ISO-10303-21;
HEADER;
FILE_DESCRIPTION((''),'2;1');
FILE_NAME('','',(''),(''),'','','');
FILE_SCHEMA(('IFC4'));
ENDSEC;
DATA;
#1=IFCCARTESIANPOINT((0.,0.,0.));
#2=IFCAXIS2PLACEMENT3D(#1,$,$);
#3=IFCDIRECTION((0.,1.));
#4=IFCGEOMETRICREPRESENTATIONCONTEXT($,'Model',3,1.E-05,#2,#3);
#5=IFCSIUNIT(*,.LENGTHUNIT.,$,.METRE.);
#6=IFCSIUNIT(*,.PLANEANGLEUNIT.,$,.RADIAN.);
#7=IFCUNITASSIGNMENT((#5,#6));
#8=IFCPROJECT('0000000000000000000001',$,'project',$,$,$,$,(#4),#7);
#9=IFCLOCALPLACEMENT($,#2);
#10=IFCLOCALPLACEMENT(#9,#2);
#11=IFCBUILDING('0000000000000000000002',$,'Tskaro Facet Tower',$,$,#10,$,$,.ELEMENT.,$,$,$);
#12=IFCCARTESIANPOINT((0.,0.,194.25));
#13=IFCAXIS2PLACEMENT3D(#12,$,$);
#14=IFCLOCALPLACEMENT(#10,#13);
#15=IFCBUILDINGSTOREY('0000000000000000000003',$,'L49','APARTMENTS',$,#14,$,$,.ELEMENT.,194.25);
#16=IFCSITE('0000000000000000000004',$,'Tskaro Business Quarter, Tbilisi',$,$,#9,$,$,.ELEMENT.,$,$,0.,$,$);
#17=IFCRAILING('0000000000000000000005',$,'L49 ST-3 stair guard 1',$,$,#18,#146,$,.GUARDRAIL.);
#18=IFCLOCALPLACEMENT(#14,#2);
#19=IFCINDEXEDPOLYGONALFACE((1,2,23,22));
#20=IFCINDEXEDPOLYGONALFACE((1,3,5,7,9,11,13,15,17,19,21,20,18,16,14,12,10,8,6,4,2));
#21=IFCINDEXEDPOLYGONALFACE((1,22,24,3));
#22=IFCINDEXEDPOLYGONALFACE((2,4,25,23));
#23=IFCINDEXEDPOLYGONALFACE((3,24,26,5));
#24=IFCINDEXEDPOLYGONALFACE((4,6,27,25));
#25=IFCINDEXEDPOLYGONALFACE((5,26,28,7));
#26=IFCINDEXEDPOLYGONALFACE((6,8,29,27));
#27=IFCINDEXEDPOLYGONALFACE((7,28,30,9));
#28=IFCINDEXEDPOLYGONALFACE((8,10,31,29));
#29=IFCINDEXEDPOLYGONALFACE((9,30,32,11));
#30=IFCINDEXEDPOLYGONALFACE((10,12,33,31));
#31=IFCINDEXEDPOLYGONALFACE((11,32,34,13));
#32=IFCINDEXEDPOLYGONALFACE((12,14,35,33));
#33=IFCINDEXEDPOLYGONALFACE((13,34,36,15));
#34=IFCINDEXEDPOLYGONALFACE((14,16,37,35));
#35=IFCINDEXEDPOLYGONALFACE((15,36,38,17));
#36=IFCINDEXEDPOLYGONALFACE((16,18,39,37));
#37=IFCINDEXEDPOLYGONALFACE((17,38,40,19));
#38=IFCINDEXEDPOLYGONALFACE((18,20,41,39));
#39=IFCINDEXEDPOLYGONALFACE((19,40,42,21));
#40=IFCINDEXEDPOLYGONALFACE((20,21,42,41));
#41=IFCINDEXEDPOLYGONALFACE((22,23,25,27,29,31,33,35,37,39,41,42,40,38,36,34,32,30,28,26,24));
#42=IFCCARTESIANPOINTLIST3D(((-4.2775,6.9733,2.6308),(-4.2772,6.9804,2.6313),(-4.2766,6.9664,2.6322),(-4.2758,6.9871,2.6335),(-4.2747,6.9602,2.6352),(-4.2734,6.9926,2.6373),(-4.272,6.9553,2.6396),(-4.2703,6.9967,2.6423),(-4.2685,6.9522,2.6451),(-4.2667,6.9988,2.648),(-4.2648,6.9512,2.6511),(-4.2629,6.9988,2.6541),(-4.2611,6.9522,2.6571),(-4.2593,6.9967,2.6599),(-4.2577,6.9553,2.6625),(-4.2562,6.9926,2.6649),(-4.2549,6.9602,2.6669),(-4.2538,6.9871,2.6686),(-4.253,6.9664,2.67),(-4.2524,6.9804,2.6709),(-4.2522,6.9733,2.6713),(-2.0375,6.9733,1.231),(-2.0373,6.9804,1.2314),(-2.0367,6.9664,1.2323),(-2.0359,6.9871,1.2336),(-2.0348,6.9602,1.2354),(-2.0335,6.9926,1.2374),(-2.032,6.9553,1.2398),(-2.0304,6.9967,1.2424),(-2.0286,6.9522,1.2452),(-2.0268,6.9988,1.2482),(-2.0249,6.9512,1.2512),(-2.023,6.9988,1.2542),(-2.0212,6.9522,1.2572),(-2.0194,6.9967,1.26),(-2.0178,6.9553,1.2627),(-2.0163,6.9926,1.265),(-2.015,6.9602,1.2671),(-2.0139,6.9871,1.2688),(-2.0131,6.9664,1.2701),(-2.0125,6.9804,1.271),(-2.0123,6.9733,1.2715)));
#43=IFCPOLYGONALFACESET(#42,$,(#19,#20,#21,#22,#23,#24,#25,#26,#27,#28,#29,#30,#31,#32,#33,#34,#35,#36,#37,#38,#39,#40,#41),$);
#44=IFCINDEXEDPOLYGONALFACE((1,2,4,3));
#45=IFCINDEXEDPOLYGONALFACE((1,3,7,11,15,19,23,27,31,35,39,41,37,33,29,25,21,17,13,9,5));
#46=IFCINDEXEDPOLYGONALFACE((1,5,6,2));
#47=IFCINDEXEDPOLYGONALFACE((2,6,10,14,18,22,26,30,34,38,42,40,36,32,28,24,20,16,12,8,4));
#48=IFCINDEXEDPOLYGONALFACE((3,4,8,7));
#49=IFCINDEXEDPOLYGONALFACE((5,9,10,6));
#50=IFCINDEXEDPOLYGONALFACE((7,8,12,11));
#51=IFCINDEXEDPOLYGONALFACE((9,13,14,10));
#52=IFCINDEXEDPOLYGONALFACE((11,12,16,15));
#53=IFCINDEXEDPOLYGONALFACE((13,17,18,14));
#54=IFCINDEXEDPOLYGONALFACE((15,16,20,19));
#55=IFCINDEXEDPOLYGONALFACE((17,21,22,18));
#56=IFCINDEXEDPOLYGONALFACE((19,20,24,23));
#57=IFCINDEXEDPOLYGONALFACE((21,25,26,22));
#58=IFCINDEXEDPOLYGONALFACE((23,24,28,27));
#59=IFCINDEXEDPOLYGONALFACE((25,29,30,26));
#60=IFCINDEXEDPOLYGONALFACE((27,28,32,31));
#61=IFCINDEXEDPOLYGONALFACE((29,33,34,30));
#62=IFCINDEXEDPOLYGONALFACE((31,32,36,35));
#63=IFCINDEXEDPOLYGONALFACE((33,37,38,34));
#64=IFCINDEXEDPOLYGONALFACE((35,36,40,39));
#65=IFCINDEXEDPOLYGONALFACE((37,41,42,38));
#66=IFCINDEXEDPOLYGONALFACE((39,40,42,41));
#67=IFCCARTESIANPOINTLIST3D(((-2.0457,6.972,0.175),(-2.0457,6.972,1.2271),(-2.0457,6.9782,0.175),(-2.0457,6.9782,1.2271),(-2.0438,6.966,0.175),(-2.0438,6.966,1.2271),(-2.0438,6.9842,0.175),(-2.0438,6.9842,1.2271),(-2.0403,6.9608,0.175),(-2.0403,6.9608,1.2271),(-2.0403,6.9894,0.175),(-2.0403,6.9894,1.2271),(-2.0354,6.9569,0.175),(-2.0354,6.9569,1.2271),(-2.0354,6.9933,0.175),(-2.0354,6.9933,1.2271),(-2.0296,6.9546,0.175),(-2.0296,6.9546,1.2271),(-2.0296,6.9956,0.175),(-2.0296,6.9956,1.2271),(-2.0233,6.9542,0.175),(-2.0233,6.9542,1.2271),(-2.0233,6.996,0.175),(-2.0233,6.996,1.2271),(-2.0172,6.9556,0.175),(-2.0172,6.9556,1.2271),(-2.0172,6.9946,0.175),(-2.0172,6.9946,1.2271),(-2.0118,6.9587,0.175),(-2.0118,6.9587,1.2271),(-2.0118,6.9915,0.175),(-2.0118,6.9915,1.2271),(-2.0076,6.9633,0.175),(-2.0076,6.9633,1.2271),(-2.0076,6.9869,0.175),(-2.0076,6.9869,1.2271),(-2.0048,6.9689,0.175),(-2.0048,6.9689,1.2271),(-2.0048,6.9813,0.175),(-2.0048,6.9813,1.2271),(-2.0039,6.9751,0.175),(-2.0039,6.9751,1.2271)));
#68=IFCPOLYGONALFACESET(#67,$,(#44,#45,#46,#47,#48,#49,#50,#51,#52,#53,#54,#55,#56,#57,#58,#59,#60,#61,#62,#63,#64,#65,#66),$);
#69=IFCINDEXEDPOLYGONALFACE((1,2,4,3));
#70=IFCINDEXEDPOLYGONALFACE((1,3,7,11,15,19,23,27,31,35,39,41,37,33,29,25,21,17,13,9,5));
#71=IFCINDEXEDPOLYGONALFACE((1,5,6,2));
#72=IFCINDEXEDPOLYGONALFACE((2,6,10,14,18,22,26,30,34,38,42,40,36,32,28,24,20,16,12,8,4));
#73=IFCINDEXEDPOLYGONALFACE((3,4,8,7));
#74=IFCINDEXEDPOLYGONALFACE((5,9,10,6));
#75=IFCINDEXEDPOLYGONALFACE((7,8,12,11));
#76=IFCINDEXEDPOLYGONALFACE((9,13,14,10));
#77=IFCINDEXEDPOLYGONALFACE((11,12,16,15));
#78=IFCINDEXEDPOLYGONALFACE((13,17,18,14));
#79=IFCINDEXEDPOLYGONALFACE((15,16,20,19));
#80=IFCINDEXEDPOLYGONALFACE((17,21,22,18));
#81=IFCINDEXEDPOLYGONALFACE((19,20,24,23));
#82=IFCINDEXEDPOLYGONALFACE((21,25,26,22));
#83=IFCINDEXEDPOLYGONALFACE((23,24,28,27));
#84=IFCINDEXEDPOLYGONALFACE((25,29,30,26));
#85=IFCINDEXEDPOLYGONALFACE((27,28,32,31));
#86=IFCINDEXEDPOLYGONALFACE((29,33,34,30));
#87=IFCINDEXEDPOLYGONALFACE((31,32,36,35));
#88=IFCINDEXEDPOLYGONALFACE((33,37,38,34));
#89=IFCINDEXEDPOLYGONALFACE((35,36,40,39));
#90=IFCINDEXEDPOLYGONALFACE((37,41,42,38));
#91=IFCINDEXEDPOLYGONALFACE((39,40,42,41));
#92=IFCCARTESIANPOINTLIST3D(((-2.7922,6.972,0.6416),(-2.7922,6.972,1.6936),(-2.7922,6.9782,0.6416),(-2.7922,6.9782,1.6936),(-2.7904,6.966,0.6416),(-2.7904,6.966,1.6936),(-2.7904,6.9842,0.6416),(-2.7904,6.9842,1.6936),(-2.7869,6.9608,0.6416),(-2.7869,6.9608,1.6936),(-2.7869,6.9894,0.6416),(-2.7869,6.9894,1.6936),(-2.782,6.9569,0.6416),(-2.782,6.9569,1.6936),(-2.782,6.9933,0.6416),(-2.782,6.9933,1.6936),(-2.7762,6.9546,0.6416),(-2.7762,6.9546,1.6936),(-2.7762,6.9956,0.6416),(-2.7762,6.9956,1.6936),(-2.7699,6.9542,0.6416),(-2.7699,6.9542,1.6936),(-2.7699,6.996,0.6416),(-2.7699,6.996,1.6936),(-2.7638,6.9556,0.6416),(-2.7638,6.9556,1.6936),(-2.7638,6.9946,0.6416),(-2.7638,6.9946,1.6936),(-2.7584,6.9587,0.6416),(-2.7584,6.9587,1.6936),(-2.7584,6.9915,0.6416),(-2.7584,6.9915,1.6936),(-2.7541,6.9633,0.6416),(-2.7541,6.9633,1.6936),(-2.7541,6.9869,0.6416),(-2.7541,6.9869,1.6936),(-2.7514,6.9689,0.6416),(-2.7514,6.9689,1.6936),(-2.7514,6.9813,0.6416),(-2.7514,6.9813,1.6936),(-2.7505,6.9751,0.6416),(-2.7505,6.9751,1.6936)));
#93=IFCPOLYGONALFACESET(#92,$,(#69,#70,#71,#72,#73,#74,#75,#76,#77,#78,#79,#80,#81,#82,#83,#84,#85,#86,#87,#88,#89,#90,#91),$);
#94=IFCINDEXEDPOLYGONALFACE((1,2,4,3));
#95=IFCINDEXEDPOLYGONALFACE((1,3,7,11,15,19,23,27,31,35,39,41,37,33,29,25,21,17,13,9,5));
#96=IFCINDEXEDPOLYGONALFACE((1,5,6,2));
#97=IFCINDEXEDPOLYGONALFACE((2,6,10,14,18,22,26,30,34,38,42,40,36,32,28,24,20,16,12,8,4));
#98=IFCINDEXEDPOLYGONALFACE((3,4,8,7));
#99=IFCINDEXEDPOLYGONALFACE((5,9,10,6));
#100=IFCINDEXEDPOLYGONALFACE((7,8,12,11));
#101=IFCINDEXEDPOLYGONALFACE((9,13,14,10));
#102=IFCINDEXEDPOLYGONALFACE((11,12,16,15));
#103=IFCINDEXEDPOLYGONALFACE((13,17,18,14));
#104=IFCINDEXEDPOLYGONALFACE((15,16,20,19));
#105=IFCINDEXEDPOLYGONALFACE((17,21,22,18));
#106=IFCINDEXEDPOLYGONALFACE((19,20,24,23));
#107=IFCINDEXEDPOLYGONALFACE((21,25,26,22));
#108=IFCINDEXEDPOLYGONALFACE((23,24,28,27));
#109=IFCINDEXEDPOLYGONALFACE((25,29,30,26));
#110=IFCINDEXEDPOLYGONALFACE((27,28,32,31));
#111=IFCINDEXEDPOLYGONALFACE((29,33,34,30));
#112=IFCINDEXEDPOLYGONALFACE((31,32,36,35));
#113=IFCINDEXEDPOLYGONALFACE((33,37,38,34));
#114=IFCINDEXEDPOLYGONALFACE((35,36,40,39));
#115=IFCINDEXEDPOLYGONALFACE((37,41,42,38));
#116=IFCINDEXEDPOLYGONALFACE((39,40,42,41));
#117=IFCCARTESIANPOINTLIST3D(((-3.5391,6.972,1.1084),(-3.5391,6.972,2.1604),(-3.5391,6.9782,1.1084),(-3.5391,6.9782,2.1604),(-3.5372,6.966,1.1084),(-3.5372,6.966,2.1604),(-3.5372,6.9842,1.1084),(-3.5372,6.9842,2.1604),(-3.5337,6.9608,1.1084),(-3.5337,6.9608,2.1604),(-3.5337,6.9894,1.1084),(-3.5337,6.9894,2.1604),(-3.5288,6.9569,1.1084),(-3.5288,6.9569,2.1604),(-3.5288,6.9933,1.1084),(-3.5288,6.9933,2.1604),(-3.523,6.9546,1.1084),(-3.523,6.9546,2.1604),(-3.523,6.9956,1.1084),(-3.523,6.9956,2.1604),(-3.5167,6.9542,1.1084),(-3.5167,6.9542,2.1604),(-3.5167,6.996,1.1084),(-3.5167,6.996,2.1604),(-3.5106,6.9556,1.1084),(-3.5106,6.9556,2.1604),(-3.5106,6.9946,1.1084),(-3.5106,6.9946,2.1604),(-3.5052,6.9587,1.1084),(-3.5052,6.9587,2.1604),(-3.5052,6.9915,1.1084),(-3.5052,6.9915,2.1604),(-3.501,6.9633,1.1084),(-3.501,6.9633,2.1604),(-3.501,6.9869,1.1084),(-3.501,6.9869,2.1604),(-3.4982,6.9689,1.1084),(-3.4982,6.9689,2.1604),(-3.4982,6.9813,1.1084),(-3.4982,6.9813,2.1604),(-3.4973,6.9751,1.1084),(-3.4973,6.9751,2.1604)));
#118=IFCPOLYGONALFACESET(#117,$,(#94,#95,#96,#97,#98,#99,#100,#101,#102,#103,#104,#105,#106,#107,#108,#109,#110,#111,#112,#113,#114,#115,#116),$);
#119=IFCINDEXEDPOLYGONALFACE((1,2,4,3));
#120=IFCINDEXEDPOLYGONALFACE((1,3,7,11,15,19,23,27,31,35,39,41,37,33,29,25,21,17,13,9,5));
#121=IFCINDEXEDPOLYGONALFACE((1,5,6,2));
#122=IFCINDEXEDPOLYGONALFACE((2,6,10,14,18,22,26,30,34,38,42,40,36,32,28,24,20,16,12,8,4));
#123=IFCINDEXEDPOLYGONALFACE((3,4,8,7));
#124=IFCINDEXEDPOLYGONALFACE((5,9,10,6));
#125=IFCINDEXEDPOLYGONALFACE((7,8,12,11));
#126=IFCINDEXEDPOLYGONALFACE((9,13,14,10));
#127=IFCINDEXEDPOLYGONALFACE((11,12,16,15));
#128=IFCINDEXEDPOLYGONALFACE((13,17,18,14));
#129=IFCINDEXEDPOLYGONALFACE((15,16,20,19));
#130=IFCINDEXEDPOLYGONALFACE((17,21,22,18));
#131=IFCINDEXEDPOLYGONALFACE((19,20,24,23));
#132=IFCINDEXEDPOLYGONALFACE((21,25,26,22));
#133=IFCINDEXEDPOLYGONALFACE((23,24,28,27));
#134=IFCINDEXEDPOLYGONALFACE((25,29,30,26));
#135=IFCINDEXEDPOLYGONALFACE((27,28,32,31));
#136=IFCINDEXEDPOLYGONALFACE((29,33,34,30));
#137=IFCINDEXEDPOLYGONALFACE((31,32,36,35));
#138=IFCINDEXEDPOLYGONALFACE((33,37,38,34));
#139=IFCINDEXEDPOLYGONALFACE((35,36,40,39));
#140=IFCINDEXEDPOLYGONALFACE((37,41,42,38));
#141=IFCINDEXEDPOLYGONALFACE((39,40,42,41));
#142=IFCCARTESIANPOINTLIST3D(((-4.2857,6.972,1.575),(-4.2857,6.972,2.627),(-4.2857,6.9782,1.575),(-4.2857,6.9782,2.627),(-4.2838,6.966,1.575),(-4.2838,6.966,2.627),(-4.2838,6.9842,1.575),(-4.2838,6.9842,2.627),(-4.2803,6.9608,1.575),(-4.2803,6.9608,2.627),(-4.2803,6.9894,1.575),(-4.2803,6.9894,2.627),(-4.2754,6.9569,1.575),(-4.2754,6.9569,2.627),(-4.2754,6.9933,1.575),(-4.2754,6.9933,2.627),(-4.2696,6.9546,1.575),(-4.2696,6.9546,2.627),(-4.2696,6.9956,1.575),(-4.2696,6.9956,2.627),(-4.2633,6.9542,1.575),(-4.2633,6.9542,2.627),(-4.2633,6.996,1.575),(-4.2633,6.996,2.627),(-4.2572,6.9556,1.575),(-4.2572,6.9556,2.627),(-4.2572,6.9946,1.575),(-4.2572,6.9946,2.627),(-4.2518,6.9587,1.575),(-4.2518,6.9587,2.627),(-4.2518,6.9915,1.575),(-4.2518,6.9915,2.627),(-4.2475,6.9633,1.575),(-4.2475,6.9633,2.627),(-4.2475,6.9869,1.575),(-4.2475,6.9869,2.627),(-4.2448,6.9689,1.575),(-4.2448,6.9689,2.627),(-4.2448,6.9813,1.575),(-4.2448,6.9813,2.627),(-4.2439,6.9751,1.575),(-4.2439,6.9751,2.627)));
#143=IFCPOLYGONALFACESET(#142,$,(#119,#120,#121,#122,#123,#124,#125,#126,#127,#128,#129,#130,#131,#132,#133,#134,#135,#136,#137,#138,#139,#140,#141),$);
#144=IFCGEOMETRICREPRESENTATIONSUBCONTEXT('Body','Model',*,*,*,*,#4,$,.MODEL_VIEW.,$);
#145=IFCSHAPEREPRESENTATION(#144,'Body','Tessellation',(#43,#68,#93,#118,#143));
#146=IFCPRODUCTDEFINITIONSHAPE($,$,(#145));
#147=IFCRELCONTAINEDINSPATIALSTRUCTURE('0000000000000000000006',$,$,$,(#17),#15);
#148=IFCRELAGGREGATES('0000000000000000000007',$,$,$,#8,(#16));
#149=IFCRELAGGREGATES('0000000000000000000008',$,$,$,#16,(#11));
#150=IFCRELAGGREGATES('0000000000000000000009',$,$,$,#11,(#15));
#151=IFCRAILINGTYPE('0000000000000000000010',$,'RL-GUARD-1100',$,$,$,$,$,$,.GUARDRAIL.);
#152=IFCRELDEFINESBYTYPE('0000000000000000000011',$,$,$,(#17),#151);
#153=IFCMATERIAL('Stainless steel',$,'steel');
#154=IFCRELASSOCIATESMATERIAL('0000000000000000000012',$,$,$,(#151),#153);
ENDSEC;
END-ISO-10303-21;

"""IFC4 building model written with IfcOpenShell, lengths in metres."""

from ifc_helpers import new_model, si_unit, direction, frame, origin, origin_2d, place, context, subcontext, project, spatial, circle, extrude, material, type_object, element, save


model = new_model("IFC4")

# Units and contexts
model_context = context("Model", 3, precision=1e-05, world=origin(), true_north=direction((0.0, 1.0)))
body_context = subcontext(model_context, "Body", "Model", "MODEL_VIEW")
ifc_project = project(units=[si_unit("LENGTHUNIT", "METRE"), si_unit("PLANEANGLEUNIT", "RADIAN")], contexts=[model_context])

# Site, building, storey
site_placement = place(None, origin())
site = spatial("IfcSite", under=ifc_project, at=site_placement, Name="Tskaro Business Quarter, Tbilisi", CompositionType="ELEMENT", RefElevation=0.0)
building_placement = place(site_placement, origin())
building = spatial("IfcBuilding", under=site, at=building_placement, Name="Tskaro Facet Tower", CompositionType="ELEMENT")
storey_placement = place(building_placement, frame((0.0, 0.0, 194.25)))
storey = spatial("IfcBuildingStorey", under=building, at=storey_placement, Name="L49", Description="APARTMENTS", CompositionType="ELEMENT", Elevation=194.25)

# Railing
ifc_material_1 = material(Name="Stainless steel", Category="steel")
railing_type_1 = type_object("IfcRailingType", Name="RL-GUARD-1100", PredefinedType="GUARDRAIL", material=ifc_material_1)
railing_1_placement = place(storey_placement, frame((-2.0249, 6.9751, 0.175)))
element("IfcRailing", 1, at=railing_1_placement, inside=storey, type_object=railing_type_1, Name="L49 ST-3 stair guard 1", PredefinedType="GUARDRAIL", context=body_context, shape_type="SweptSolid", body=[
    extrude(circle(Radius=0.0239, at=origin_2d()), frame((0.0, 0.0, 1.0762), z_axis=(-0.848014, 0.0, 0.529974), x_axis=(0.0, -1.0, 0.0)), (0.0, 0.0, 1.0), 2.6414),
    extrude(circle(Radius=0.021, at=origin_2d()), origin(), (0.0, 0.0, 1.0), 1.052),
    extrude(circle(Radius=0.021, at=origin_2d()), frame((-0.7466, 0.0, 0.4666)), (0.0, 0.0, 1.0), 1.052),
    extrude(circle(Radius=0.021, at=origin_2d()), frame((-1.4934, 0.0, 0.9333)), (0.0, 0.0, 1.0), 1.052),
    extrude(circle(Radius=0.021, at=origin_2d()), frame((-2.24, 0.0, 1.3999)), (0.0, 0.0, 1.0), 1.052),
])

save(model, "model.ifc")
